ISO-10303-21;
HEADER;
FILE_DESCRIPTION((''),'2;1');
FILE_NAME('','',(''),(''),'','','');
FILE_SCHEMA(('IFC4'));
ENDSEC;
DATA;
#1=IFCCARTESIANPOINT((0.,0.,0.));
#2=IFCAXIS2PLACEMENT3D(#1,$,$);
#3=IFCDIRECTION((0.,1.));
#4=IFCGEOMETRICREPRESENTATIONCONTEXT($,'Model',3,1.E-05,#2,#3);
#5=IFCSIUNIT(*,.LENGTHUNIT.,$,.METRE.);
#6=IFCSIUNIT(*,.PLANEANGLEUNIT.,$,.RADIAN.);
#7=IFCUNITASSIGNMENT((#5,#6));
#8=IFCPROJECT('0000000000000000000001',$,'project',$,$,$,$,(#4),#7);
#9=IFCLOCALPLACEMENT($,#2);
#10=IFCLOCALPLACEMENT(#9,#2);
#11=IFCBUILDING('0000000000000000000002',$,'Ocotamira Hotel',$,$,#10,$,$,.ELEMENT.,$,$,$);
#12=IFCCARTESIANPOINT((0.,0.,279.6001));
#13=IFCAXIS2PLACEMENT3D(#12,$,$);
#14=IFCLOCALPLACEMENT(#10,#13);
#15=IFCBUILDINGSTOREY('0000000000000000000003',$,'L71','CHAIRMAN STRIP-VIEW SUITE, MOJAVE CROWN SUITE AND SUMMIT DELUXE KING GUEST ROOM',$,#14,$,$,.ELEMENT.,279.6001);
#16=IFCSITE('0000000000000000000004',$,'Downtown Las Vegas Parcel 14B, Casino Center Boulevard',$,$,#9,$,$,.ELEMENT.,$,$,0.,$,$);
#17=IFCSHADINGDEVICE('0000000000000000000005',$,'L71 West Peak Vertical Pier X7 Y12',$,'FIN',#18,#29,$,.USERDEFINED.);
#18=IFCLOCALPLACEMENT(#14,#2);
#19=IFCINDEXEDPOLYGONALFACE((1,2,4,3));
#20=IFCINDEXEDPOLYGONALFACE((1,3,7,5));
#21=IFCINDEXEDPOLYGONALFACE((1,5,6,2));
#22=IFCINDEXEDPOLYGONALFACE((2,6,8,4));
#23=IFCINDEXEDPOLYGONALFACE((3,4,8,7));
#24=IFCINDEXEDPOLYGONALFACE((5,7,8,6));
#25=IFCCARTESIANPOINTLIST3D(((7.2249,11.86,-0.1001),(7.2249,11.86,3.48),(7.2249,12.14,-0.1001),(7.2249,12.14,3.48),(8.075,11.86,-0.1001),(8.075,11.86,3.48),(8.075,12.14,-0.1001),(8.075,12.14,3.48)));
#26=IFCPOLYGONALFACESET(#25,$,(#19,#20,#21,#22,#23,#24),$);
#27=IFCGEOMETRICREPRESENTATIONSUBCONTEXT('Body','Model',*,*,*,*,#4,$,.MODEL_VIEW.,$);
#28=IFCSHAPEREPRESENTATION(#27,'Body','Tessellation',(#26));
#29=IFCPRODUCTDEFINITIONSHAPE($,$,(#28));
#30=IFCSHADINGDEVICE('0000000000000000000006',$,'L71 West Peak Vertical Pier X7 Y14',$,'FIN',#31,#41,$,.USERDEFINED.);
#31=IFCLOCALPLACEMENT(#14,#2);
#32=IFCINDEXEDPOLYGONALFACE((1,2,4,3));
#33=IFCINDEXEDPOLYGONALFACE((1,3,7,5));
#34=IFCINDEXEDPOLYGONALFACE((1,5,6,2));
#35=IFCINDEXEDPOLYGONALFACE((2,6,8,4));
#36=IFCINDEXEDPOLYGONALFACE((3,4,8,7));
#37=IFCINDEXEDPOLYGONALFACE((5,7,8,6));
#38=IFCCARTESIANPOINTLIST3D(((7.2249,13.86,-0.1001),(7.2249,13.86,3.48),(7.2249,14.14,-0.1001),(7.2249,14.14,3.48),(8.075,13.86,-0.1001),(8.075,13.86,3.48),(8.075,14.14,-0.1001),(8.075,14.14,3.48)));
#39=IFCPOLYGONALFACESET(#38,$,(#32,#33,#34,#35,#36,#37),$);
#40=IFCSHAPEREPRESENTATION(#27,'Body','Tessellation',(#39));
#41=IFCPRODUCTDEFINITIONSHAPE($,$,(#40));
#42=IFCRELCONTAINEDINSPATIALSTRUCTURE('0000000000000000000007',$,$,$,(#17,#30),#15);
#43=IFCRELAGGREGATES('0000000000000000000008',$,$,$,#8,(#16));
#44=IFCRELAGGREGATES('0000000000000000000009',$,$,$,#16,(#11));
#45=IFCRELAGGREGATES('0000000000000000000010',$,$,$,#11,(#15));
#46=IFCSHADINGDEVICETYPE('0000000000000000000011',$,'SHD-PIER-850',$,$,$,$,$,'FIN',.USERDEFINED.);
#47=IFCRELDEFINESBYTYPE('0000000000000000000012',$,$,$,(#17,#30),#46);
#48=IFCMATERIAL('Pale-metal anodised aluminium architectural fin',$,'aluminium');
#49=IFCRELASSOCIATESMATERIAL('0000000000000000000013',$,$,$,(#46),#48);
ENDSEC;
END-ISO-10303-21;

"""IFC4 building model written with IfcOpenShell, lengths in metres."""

from ifc_helpers import new_model, si_unit, direction, frame, origin, origin_2d, place, context, subcontext, project, spatial, rectangle, extrude, source, transform, mapped, material, type_object, element, save


model = new_model("IFC4")

# Units and contexts
model_context = context("Model", 3, precision=1e-05, world=origin(), true_north=direction((0.0, 1.0)))
body_context = subcontext(model_context, "Body", "Model", "MODEL_VIEW")
ifc_project = project(units=[si_unit("LENGTHUNIT", "METRE"), si_unit("PLANEANGLEUNIT", "RADIAN")], contexts=[model_context])

# Site, building, storey
site_placement = place(None, origin())
site = spatial("IfcSite", under=ifc_project, at=site_placement, Name="Downtown Las Vegas Parcel 14B, Casino Center Boulevard", CompositionType="ELEMENT", RefElevation=0.0)
building_placement = place(site_placement, origin())
building = spatial("IfcBuilding", under=site, at=building_placement, Name="Ocotamira Hotel", CompositionType="ELEMENT")
storey_placement = place(building_placement, frame((0.0, 0.0, 279.6001)))
storey = spatial("IfcBuildingStorey", under=building, at=storey_placement, Name="L71", Description="CHAIRMAN STRIP-VIEW SUITE, MOJAVE CROWN SUITE AND SUMMIT DELUXE KING GUEST ROOM", CompositionType="ELEMENT", Elevation=279.6001)

# Shading devices
ifc_material_1 = material(Name="Pale-metal anodised aluminium architectural fin", Category="aluminium")
shading_device_type = type_object("IfcShadingDeviceType", Name="SHD-PIER-850", ElementType="FIN", PredefinedType="USERDEFINED", material=ifc_material_1)
shared_shape_1 = source(origin(), body_context, "Body", "SweptSolid", [
    extrude(rectangle(XDim=0.8501, YDim=0.28, at=origin_2d()), origin(), (0.0, 0.0, 1.0), 3.5801),
])
for number, where, z_axis, x_axis, name in (
    (1, (7.6499, 12.0, -0.1001), (0.0, 0.0, 1.0), (1.0, 0.0, 0.0), "L71 West Peak Vertical Pier X7 Y12"),
    (2, (7.6499, 14.0, -0.1001), (0.0, 0.0, 1.0), (1.0, 0.0, 0.0), "L71 West Peak Vertical Pier X7 Y14"),
):
    element("IfcShadingDevice", number, at=place(storey_placement, frame(where, z_axis=z_axis, x_axis=x_axis)), inside=storey, type_object=shading_device_type, Name=name, ObjectType="FIN", PredefinedType="USERDEFINED", context=body_context, shape_type="MappedRepresentation", body=[
        mapped(shared_shape_1, transform((0.0, 0.0, 0.0), scale=1.0)),
    ])

save(model, "model.ifc")
